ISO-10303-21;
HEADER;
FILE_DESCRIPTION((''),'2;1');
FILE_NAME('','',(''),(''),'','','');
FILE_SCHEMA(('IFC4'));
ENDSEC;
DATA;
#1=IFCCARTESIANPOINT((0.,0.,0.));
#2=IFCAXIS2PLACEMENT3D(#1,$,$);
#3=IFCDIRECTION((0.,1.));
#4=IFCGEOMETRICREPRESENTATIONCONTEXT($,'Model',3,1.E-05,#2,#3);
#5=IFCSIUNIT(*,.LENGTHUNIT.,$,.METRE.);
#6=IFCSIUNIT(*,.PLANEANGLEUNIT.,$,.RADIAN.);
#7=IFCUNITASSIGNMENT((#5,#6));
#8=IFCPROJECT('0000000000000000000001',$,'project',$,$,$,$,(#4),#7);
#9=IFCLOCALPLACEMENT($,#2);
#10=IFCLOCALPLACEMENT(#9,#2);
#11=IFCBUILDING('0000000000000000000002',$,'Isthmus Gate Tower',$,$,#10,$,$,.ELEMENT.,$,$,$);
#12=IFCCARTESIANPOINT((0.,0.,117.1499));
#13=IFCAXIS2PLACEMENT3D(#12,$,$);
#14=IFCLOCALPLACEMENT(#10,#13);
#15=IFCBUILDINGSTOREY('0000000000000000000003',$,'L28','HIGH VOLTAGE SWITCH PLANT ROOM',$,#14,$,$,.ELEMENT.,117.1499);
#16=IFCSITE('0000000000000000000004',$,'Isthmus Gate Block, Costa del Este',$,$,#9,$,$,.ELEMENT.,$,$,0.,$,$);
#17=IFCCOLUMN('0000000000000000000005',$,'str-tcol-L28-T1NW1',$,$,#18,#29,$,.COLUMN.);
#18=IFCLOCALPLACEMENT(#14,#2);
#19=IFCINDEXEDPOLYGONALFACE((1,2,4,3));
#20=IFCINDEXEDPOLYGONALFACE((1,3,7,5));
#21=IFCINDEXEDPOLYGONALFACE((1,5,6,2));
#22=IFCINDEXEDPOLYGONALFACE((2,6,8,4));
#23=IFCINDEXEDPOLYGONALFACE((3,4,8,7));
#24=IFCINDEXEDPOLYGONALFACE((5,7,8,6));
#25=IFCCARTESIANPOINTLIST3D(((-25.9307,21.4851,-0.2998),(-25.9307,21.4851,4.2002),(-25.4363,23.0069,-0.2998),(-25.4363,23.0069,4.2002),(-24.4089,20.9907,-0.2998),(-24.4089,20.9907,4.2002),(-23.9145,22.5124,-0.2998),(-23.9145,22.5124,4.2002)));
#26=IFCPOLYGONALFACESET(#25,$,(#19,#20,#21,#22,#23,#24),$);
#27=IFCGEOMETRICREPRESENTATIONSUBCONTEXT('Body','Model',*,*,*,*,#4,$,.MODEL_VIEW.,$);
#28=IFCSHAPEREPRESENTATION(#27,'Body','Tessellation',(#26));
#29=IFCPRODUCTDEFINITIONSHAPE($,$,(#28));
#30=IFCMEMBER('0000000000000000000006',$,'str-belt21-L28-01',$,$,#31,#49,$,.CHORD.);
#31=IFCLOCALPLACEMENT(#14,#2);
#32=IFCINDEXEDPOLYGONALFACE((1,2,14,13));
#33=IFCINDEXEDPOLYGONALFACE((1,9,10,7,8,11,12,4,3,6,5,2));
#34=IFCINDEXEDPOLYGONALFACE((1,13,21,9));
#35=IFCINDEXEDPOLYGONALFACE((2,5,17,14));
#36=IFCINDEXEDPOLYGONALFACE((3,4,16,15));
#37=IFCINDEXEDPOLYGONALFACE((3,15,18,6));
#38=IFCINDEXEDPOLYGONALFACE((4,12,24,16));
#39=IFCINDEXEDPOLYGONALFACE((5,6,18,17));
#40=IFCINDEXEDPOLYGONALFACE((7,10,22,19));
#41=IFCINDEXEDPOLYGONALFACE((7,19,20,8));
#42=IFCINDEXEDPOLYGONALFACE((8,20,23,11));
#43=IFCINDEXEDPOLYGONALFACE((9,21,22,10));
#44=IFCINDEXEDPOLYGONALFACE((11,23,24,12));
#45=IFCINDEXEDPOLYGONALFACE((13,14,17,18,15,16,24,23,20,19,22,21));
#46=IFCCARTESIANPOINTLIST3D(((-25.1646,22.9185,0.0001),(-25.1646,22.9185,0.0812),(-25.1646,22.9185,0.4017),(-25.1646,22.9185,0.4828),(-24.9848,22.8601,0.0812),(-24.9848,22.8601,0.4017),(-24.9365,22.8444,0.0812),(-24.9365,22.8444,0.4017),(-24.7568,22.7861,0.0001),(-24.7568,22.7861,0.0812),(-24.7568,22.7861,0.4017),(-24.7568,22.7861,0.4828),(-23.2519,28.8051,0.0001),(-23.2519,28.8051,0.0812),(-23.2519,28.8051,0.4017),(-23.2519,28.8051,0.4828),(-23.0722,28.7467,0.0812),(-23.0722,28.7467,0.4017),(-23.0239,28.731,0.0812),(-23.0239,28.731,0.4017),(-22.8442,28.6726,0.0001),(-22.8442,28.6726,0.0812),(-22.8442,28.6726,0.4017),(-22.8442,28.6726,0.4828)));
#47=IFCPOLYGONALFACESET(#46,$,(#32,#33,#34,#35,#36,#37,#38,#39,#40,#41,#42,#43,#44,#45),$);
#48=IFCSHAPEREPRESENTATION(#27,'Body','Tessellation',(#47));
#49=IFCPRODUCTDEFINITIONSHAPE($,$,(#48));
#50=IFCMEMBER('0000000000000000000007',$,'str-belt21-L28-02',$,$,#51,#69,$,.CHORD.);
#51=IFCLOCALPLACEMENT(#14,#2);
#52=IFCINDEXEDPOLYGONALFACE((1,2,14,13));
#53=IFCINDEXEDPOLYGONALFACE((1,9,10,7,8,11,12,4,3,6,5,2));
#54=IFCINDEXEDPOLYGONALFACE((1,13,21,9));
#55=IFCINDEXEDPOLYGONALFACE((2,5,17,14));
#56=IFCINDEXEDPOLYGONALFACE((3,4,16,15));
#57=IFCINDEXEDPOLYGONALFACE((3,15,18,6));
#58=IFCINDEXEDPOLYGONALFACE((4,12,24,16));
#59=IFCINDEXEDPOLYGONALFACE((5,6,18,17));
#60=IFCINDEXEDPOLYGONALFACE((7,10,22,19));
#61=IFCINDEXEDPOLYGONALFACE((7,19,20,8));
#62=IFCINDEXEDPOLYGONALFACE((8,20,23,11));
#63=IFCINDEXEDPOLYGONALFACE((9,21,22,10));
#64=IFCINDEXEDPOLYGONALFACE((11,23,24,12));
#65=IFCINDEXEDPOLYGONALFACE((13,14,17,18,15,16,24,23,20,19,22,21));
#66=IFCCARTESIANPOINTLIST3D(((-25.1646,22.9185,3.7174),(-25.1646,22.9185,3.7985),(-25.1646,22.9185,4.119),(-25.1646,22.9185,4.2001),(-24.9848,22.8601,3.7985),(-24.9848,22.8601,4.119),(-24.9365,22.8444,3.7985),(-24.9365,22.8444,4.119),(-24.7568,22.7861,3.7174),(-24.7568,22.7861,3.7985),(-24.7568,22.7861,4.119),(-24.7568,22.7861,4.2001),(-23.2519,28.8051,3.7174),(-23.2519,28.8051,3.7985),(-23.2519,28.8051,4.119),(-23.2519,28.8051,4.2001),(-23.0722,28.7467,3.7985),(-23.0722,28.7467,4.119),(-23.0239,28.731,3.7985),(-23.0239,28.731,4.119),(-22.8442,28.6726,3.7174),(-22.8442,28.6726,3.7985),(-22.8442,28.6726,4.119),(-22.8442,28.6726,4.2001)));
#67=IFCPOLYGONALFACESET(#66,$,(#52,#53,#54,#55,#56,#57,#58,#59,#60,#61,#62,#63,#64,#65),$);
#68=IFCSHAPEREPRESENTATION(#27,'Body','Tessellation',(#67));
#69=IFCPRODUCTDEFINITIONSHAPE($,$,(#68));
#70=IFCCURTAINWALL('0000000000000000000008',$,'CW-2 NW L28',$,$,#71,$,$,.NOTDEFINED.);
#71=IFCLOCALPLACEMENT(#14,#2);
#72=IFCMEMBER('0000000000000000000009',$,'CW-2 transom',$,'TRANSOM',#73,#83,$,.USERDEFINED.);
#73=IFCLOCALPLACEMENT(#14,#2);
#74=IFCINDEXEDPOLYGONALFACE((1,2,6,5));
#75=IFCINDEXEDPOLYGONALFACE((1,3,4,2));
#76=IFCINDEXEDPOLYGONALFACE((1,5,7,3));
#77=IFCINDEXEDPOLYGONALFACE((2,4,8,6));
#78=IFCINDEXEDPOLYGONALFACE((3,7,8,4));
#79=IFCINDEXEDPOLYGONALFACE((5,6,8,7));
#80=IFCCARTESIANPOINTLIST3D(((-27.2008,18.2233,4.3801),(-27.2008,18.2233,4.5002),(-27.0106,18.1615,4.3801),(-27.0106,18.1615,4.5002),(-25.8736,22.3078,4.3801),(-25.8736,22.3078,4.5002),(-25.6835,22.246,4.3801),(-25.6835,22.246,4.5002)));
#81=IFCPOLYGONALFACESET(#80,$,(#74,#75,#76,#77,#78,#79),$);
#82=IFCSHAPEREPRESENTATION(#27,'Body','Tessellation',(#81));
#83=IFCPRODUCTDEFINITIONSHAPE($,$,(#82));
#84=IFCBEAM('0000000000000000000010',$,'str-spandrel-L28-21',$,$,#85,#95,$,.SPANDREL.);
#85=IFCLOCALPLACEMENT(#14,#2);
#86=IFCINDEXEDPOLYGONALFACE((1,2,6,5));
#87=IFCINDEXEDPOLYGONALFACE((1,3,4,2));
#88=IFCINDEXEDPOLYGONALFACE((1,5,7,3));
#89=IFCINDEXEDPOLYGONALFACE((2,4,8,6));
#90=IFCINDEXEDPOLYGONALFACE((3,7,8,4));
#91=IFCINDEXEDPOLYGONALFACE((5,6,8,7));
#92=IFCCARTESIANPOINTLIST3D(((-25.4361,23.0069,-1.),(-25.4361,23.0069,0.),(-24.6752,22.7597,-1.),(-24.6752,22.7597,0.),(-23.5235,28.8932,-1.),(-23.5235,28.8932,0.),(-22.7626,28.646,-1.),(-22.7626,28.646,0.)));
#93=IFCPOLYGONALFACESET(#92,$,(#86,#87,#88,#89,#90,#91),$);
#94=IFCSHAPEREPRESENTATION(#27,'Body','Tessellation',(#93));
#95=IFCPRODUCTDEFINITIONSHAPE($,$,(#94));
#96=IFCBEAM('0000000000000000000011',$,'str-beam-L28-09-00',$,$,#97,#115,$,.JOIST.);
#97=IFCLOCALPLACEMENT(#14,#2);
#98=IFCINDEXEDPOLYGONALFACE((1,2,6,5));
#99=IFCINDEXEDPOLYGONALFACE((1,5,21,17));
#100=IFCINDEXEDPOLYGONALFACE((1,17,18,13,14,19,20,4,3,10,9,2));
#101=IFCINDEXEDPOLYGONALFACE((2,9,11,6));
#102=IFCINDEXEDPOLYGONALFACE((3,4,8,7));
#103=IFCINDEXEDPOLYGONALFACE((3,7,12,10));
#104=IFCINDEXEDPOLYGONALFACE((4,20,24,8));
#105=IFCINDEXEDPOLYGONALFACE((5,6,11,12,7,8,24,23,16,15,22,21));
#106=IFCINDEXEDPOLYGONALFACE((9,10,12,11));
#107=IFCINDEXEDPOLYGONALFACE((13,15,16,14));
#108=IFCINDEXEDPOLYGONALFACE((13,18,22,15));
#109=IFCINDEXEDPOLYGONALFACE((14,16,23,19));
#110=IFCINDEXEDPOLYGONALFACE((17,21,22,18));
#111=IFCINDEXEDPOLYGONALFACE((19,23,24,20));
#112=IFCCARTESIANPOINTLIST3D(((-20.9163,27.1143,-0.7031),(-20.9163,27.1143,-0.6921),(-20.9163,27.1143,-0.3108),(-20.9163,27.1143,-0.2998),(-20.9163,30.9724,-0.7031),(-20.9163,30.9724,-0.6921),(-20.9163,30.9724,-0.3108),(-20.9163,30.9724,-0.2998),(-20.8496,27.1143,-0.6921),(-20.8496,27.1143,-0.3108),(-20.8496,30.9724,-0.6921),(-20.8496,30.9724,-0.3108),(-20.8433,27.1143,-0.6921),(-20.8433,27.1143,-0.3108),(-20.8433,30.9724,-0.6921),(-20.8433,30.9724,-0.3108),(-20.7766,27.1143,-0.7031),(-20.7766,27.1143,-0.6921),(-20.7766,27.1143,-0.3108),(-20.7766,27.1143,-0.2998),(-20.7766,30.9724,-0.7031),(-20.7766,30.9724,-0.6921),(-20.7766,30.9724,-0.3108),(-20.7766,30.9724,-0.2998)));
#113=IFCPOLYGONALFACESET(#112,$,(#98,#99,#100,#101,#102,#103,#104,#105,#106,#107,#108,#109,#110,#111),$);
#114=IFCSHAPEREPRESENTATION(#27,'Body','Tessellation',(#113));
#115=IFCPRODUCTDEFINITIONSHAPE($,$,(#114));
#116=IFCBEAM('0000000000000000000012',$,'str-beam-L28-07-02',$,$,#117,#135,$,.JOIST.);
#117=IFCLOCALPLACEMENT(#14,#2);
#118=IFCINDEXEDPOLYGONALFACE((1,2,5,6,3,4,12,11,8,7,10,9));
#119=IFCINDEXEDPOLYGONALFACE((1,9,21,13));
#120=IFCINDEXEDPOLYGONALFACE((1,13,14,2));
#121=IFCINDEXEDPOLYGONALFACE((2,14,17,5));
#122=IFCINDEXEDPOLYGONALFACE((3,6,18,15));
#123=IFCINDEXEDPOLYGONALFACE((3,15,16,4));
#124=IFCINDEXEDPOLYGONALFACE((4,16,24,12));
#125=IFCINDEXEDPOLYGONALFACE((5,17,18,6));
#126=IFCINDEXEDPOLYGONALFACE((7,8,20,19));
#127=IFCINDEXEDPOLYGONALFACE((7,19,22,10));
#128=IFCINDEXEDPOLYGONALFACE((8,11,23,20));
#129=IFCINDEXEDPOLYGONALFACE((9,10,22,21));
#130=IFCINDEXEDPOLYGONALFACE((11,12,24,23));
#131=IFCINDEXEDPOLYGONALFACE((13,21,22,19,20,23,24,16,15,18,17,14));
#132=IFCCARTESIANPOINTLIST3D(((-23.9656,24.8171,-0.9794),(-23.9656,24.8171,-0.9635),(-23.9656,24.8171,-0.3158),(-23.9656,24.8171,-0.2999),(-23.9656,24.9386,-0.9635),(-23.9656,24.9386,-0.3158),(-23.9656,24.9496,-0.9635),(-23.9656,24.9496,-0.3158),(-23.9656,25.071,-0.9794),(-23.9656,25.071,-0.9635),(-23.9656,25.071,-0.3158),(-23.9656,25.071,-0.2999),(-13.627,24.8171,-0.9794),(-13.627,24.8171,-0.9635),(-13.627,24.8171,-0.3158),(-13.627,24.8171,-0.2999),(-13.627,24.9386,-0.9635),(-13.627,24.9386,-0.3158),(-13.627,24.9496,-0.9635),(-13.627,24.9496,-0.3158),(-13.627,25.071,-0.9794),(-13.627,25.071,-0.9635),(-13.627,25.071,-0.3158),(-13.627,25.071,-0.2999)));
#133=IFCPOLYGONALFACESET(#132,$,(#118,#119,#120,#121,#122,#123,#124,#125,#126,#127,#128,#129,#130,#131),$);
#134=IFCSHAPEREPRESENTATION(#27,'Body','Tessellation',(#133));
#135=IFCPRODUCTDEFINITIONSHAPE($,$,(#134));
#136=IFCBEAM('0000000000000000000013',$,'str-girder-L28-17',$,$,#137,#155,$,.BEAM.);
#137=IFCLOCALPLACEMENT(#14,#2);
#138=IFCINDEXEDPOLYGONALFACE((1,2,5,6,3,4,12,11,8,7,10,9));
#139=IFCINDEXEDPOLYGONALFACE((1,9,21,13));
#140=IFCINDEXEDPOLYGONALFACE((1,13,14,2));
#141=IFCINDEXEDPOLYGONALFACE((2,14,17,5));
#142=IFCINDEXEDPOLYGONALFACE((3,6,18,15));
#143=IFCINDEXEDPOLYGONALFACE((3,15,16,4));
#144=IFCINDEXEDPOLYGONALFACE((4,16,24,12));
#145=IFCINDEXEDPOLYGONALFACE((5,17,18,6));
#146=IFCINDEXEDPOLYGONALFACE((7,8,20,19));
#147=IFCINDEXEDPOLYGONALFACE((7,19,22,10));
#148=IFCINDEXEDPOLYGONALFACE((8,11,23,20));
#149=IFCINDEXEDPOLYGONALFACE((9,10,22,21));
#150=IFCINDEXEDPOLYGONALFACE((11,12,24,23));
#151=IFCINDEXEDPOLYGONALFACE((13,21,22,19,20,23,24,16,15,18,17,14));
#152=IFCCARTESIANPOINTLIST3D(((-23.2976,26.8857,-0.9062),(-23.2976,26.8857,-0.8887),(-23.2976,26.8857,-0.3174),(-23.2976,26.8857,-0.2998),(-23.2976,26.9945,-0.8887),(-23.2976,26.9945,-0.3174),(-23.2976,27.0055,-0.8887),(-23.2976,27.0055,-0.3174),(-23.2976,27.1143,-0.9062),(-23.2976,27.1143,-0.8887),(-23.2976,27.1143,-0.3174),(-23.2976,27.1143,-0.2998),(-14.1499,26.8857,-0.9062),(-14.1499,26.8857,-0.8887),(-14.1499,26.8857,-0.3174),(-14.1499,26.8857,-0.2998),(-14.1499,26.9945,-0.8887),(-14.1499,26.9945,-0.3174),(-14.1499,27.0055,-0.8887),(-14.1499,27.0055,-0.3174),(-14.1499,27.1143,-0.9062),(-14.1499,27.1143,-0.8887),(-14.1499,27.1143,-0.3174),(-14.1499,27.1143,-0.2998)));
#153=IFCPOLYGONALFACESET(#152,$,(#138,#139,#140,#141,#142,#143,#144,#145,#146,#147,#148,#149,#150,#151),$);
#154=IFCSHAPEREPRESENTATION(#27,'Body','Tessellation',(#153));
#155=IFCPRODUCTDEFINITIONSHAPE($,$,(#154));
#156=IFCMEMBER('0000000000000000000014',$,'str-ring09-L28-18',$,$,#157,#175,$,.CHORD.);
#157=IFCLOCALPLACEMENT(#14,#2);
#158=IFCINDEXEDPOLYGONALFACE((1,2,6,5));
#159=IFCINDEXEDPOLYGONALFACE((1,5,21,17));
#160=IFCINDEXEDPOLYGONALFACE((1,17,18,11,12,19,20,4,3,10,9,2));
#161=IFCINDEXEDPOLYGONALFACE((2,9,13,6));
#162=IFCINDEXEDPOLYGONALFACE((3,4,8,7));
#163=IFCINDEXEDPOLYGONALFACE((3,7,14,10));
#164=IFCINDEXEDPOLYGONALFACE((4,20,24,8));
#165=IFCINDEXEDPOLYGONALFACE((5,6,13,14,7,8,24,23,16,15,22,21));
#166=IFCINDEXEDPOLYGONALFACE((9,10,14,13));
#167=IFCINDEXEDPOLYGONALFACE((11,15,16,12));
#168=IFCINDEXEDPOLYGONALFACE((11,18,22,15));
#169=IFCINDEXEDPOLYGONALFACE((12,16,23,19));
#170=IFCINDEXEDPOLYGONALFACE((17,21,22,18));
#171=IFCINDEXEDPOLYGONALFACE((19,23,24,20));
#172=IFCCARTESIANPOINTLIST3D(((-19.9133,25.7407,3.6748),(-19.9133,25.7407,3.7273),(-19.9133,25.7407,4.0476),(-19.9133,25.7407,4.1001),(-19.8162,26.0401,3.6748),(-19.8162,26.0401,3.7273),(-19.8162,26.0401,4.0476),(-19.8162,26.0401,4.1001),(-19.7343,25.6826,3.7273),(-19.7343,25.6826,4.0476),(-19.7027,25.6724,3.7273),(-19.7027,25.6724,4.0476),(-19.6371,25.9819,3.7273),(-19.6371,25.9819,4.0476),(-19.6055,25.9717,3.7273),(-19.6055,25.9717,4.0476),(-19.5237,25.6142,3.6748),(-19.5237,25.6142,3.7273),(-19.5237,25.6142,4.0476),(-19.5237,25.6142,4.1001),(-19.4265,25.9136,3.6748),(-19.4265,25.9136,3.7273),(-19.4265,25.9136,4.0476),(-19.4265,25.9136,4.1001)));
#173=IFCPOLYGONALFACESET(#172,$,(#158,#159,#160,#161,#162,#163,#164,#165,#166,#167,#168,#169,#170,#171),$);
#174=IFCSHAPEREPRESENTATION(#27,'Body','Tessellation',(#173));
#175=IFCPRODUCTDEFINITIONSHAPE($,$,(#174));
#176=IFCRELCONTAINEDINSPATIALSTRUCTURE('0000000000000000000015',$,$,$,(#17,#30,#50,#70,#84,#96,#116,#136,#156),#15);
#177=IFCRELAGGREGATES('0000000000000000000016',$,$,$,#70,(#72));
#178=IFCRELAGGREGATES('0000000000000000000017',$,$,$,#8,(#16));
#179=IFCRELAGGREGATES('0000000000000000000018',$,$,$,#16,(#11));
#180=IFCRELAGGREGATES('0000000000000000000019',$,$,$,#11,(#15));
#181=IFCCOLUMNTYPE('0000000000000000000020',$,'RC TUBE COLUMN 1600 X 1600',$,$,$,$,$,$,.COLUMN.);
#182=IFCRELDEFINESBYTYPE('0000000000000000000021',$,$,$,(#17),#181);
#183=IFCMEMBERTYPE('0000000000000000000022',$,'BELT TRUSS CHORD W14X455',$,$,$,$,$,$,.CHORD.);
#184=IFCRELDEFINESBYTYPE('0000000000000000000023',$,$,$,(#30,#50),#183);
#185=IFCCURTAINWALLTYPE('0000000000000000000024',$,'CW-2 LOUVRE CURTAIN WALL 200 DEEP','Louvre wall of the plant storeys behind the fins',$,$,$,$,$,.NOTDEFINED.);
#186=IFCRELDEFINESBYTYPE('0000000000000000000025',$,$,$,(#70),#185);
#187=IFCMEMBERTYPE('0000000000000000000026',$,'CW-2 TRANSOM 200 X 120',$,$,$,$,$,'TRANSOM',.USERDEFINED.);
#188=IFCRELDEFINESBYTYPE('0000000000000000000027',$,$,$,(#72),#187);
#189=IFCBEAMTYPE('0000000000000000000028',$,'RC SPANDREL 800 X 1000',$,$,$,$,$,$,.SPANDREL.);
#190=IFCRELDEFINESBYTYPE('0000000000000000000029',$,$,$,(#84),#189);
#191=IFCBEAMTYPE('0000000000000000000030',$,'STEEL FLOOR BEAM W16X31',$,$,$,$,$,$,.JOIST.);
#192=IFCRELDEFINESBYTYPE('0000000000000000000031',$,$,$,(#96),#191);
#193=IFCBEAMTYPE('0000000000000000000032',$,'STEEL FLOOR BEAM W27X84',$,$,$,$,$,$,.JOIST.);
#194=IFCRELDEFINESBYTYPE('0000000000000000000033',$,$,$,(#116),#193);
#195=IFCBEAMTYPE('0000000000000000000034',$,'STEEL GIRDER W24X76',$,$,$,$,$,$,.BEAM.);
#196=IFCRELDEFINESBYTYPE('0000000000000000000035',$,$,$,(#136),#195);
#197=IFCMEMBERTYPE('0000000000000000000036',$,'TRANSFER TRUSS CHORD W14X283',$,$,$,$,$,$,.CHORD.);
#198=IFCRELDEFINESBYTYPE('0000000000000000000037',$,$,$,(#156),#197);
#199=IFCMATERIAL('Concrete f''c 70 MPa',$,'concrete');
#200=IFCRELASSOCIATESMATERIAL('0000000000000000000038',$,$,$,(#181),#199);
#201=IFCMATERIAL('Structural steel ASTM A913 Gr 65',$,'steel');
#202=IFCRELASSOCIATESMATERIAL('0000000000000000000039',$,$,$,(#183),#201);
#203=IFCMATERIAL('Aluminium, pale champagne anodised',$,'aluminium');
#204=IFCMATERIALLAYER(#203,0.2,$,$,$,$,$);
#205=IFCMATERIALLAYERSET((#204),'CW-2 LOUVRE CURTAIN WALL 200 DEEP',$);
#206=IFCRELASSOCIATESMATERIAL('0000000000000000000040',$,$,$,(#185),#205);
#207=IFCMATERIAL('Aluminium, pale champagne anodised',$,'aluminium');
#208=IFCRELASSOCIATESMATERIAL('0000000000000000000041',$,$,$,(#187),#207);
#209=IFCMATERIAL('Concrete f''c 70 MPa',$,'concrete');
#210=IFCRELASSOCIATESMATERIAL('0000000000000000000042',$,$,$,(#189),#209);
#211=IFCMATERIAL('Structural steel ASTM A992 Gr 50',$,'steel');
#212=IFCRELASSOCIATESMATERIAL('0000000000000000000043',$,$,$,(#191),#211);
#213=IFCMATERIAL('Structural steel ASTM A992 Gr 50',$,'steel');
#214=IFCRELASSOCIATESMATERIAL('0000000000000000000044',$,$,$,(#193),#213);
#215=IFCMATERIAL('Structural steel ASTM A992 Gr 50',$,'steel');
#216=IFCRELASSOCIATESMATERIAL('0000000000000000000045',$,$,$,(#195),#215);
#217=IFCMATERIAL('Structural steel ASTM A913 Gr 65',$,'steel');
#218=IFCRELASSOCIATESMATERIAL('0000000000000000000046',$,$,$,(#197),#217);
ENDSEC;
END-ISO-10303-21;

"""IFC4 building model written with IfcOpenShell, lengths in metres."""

from ifc_helpers import new_model, si_unit, direction, frame, origin, origin_2d, place, context, subcontext, project, spatial, rectangle, i_section, extrude, material, layer, layer_set, material_profile, profile_set, type_object, element, aggregate, save


model = new_model("IFC4")

# Units and contexts
model_context = context("Model", 3, precision=1e-05, world=origin(), true_north=direction((0.0, 1.0)))
body_context = subcontext(model_context, "Body", "Model", "MODEL_VIEW")
ifc_project = project(units=[si_unit("LENGTHUNIT", "METRE"), si_unit("PLANEANGLEUNIT", "RADIAN")], contexts=[model_context])

# Site, building, storey
site_placement = place(None, origin())
site = spatial("IfcSite", under=ifc_project, at=site_placement, Name="Isthmus Gate Block, Costa del Este", CompositionType="ELEMENT", RefElevation=0.0)
building_placement = place(site_placement, origin())
building = spatial("IfcBuilding", under=site, at=building_placement, Name="Isthmus Gate Tower", CompositionType="ELEMENT")
storey_placement = place(building_placement, frame((0.0, 0.0, 117.1499)))
storey = spatial("IfcBuildingStorey", under=building, at=storey_placement, Name="L28", Description="HIGH VOLTAGE SWITCH PLANT ROOM", CompositionType="ELEMENT", Elevation=117.1499)

# Column
ifc_material_1 = material(Name="Concrete f'c 70 MPa", Category="concrete")
ifc_material_profile_1 = material_profile(ifc_material_1, rectangle(XDim=1.6001, YDim=1.6001, at=origin_2d()), Name="RC 1600X1600")
ifc_profile_set_1 = profile_set([ifc_material_profile_1], Name="Concrete f'c 70 MPa")
column_type = type_object("IfcColumnType", Name="RC TUBE COLUMN 1600 X 1600", PredefinedType="COLUMN", material=ifc_profile_set_1)
column_placement = place(storey_placement, frame((-24.9226, 21.9988, -0.2998), z_axis=(0.0, 0.0, 1.0), x_axis=(-0.309017, -0.951057, 0.0)))
element("IfcColumn", 1, at=column_placement, inside=storey, type_object=column_type, Name="str-tcol-L28-T1NW1", PredefinedType="COLUMN", context=body_context, shape_type="SweptSolid", body=[
    extrude(rectangle(XDim=1.6001, YDim=1.6001, at=origin_2d()), origin(), (0.0, 0.0, 1.0), 4.5),
])

# Members
ifc_material_2 = material(Name="Structural steel ASTM A913 Gr 65", Category="steel")
ifc_material_profile_2 = material_profile(ifc_material_2, i_section(OverallWidth=0.4287, OverallDepth=0.4827, WebThickness=0.0508, FlangeThickness=0.0811, at=origin_2d()), Name="W14X455")
ifc_profile_set_2 = profile_set([ifc_material_profile_2], Name="Structural steel ASTM A913 Gr 65")
member_type_1 = type_object("IfcMemberType", Name="BELT TRUSS CHORD W14X455", PredefinedType="CHORD", material=ifc_profile_set_2)
for number, where, z_axis, x_axis, name in (
    (2, (-24.9607, 22.8523, 0.2415), (0.309012, 0.951058, 0.0), (-0.951058, 0.309012, 0.0), "str-belt21-L28-01"),
    (3, (-24.9607, 22.8523, 3.9587), (0.309012, 0.951058, 0.0), (-0.951058, 0.309012, 0.0), "str-belt21-L28-02"),
):
    element("IfcMember", number, at=place(storey_placement, frame(where, z_axis=z_axis, x_axis=x_axis)), inside=storey, type_object=member_type_1, Name=name, PredefinedType="CHORD", context=body_context, shape_type="SweptSolid", body=[
        extrude(i_section(OverallWidth=0.4287, OverallDepth=0.4827, WebThickness=0.0508, FlangeThickness=0.0811, at=origin_2d()), origin(), (0.0, 0.0, 1.0), 6.1895),
    ])

# Curtain wall, member
ifc_material_3 = material(Name="Aluminium, pale champagne anodised", Category="aluminium")
ifc_layer_1 = layer(ifc_material_3, 0.2)
ifc_layer_set_1 = layer_set([ifc_layer_1], Name="CW-2 LOUVRE CURTAIN WALL 200 DEEP")
curtain_wall_type = type_object("IfcCurtainWallType", Name="CW-2 LOUVRE CURTAIN WALL 200 DEEP", Description="Louvre wall of the plant storeys behind the fins", PredefinedType="NOTDEFINED", material=ifc_layer_set_1)
curtain_wall_placement = place(storey_placement, origin())
curtain_wall = element("IfcCurtainWall", 4, at=curtain_wall_placement, inside=storey, type_object=curtain_wall_type, Name="CW-2 NW L28", PredefinedType="NOTDEFINED")
ifc_material_4 = material(Name="Aluminium, pale champagne anodised", Category="aluminium")
ifc_material_profile_3 = material_profile(ifc_material_4, rectangle(XDim=0.2, YDim=0.1201, at=origin_2d()), Name="200x120")
ifc_profile_set_3 = profile_set([ifc_material_profile_3], Name="Aluminium, pale champagne anodised")
member_type_2 = type_object("IfcMemberType", Name="CW-2 TRANSOM 200 X 120", ElementType="TRANSOM", PredefinedType="USERDEFINED", material=ifc_profile_set_3)
member_1_placement = place(storey_placement, frame((-25.7786, 22.2769, 4.4402), z_axis=(-0.309022, -0.951055, 0.0), x_axis=(0.951055, -0.309022, 0.0)))
member_1 = element("IfcMember", 5, at=member_1_placement, type_object=member_type_2, Name="CW-2 transom", ObjectType="TRANSOM", PredefinedType="USERDEFINED", context=body_context, shape_type="SweptSolid", body=[
    extrude(rectangle(XDim=0.2, YDim=0.1201, at=origin_2d()), origin(), (0.0, 0.0, 1.0), 4.2947),
])

# Beams
ifc_material_5 = material(Name="Concrete f'c 70 MPa", Category="concrete")
ifc_material_profile_4 = material_profile(ifc_material_5, rectangle(XDim=0.8, YDim=1.0, at=origin_2d()), Name="RC 800X1000")
ifc_profile_set_4 = profile_set([ifc_material_profile_4], Name="Concrete f'c 70 MPa")
beam_type_1 = type_object("IfcBeamType", Name="RC SPANDREL 800 X 1000", PredefinedType="SPANDREL", material=ifc_profile_set_4)
beam_1_placement = place(storey_placement, frame((-25.0557, 22.8833, -0.5), z_axis=(0.309024, 0.951054, 0.0), x_axis=(-0.951054, 0.309024, 0.0)))
element("IfcBeam", 6, at=beam_1_placement, inside=storey, type_object=beam_type_1, Name="str-spandrel-L28-21", PredefinedType="SPANDREL", context=body_context, shape_type="SweptSolid", body=[
    extrude(rectangle(XDim=0.8, YDim=1.0, at=origin_2d()), origin(), (0.0, 0.0, 1.0), 6.1892),
])
ifc_material_6 = material(Name="Structural steel ASTM A992 Gr 50", Category="steel")
ifc_material_profile_5 = material_profile(ifc_material_6, i_section(OverallWidth=0.1396, OverallDepth=0.4033, WebThickness=0.0063, FlangeThickness=0.011, at=origin_2d()), Name="W16X31")
ifc_profile_set_5 = profile_set([ifc_material_profile_5], Name="Structural steel ASTM A992 Gr 50")
beam_type_2 = type_object("IfcBeamType", Name="STEEL FLOOR BEAM W16X31", PredefinedType="JOIST", material=ifc_profile_set_5)
beam_2_placement = place(storey_placement, frame((-20.8464, 27.1143, -0.5015), z_axis=(0.0, 1.0, 0.0), x_axis=(-1.0, 0.0, 0.0)))
element("IfcBeam", 7, at=beam_2_placement, inside=storey, type_object=beam_type_2, Name="str-beam-L28-09-00", PredefinedType="JOIST", context=body_context, shape_type="SweptSolid", body=[
    extrude(i_section(OverallWidth=0.1396, OverallDepth=0.4033, WebThickness=0.0063, FlangeThickness=0.011, at=origin_2d()), origin(), (0.0, 0.0, 1.0), 3.8582),
])
ifc_material_7 = material(Name="Structural steel ASTM A992 Gr 50", Category="steel")
ifc_material_profile_6 = material_profile(ifc_material_7, i_section(OverallWidth=0.2539, OverallDepth=0.6794, WebThickness=0.011, FlangeThickness=0.0159, at=origin_2d()), Name="W27X84")
ifc_profile_set_6 = profile_set([ifc_material_profile_6], Name="Structural steel ASTM A992 Gr 50")
beam_type_3 = type_object("IfcBeamType", Name="STEEL FLOOR BEAM W27X84", PredefinedType="JOIST", material=ifc_profile_set_6)
beam_3_placement = place(storey_placement, frame((-23.9656, 24.9441, -0.6396), z_axis=(1.0, 0.0, 0.0), x_axis=(0.0, 1.0, 0.0)))
element("IfcBeam", 8, at=beam_3_placement, inside=storey, type_object=beam_type_3, Name="str-beam-L28-07-02", PredefinedType="JOIST", context=body_context, shape_type="SweptSolid", body=[
    extrude(i_section(OverallWidth=0.2539, OverallDepth=0.6794, WebThickness=0.011, FlangeThickness=0.0159, at=origin_2d()), origin(), (0.0, 0.0, 1.0), 10.3386),
])
ifc_material_8 = material(Name="Structural steel ASTM A992 Gr 50", Category="steel")
ifc_material_profile_7 = material_profile(ifc_material_8, i_section(OverallWidth=0.2285, OverallDepth=0.6064, WebThickness=0.011, FlangeThickness=0.0176, at=origin_2d()), Name="W24X76")
ifc_profile_set_7 = profile_set([ifc_material_profile_7], Name="Structural steel ASTM A992 Gr 50")
beam_type_4 = type_object("IfcBeamType", Name="STEEL GIRDER W24X76", PredefinedType="BEAM", material=ifc_profile_set_7)
beam_4_placement = place(storey_placement, frame((-23.2976, 27.0, -0.603), z_axis=(1.0, 0.0, 0.0), x_axis=(0.0, 1.0, 0.0)))
element("IfcBeam", 9, at=beam_4_placement, inside=storey, type_object=beam_type_4, Name="str-girder-L28-17", PredefinedType="BEAM", context=body_context, shape_type="SweptSolid", body=[
    extrude(i_section(OverallWidth=0.2285, OverallDepth=0.6064, WebThickness=0.011, FlangeThickness=0.0176, at=origin_2d()), origin(), (0.0, 0.0, 1.0), 9.1477),
])

# Member
ifc_material_9 = material(Name="Structural steel ASTM A913 Gr 65", Category="steel")
ifc_material_profile_8 = material_profile(ifc_material_9, i_section(OverallWidth=0.4097, OverallDepth=0.4253, WebThickness=0.0332, FlangeThickness=0.0525, at=origin_2d()), Name="W14X283")
ifc_profile_set_8 = profile_set([ifc_material_profile_8], Name="Structural steel ASTM A913 Gr 65")
member_type_3 = type_object("IfcMemberType", Name="TRANSFER TRUSS CHORD W14X283", PredefinedType="CHORD", material=ifc_profile_set_8)
member_2_placement = place(storey_placement, frame((-19.7185, 25.6775, 3.8875), z_axis=(0.30877, 0.951137, 0.0), x_axis=(-0.951137, 0.30877, 0.0)))
element("IfcMember", 10, at=member_2_placement, inside=storey, type_object=member_type_3, Name="str-ring09-L28-18", PredefinedType="CHORD", context=body_context, shape_type="SweptSolid", body=[
    extrude(i_section(OverallWidth=0.4097, OverallDepth=0.4253, WebThickness=0.0332, FlangeThickness=0.0525, at=origin_2d()), origin(), (0.0, 0.0, 1.0), 0.3147),
])

aggregate(curtain_wall, [member_1])

save(model, "model.ifc")
